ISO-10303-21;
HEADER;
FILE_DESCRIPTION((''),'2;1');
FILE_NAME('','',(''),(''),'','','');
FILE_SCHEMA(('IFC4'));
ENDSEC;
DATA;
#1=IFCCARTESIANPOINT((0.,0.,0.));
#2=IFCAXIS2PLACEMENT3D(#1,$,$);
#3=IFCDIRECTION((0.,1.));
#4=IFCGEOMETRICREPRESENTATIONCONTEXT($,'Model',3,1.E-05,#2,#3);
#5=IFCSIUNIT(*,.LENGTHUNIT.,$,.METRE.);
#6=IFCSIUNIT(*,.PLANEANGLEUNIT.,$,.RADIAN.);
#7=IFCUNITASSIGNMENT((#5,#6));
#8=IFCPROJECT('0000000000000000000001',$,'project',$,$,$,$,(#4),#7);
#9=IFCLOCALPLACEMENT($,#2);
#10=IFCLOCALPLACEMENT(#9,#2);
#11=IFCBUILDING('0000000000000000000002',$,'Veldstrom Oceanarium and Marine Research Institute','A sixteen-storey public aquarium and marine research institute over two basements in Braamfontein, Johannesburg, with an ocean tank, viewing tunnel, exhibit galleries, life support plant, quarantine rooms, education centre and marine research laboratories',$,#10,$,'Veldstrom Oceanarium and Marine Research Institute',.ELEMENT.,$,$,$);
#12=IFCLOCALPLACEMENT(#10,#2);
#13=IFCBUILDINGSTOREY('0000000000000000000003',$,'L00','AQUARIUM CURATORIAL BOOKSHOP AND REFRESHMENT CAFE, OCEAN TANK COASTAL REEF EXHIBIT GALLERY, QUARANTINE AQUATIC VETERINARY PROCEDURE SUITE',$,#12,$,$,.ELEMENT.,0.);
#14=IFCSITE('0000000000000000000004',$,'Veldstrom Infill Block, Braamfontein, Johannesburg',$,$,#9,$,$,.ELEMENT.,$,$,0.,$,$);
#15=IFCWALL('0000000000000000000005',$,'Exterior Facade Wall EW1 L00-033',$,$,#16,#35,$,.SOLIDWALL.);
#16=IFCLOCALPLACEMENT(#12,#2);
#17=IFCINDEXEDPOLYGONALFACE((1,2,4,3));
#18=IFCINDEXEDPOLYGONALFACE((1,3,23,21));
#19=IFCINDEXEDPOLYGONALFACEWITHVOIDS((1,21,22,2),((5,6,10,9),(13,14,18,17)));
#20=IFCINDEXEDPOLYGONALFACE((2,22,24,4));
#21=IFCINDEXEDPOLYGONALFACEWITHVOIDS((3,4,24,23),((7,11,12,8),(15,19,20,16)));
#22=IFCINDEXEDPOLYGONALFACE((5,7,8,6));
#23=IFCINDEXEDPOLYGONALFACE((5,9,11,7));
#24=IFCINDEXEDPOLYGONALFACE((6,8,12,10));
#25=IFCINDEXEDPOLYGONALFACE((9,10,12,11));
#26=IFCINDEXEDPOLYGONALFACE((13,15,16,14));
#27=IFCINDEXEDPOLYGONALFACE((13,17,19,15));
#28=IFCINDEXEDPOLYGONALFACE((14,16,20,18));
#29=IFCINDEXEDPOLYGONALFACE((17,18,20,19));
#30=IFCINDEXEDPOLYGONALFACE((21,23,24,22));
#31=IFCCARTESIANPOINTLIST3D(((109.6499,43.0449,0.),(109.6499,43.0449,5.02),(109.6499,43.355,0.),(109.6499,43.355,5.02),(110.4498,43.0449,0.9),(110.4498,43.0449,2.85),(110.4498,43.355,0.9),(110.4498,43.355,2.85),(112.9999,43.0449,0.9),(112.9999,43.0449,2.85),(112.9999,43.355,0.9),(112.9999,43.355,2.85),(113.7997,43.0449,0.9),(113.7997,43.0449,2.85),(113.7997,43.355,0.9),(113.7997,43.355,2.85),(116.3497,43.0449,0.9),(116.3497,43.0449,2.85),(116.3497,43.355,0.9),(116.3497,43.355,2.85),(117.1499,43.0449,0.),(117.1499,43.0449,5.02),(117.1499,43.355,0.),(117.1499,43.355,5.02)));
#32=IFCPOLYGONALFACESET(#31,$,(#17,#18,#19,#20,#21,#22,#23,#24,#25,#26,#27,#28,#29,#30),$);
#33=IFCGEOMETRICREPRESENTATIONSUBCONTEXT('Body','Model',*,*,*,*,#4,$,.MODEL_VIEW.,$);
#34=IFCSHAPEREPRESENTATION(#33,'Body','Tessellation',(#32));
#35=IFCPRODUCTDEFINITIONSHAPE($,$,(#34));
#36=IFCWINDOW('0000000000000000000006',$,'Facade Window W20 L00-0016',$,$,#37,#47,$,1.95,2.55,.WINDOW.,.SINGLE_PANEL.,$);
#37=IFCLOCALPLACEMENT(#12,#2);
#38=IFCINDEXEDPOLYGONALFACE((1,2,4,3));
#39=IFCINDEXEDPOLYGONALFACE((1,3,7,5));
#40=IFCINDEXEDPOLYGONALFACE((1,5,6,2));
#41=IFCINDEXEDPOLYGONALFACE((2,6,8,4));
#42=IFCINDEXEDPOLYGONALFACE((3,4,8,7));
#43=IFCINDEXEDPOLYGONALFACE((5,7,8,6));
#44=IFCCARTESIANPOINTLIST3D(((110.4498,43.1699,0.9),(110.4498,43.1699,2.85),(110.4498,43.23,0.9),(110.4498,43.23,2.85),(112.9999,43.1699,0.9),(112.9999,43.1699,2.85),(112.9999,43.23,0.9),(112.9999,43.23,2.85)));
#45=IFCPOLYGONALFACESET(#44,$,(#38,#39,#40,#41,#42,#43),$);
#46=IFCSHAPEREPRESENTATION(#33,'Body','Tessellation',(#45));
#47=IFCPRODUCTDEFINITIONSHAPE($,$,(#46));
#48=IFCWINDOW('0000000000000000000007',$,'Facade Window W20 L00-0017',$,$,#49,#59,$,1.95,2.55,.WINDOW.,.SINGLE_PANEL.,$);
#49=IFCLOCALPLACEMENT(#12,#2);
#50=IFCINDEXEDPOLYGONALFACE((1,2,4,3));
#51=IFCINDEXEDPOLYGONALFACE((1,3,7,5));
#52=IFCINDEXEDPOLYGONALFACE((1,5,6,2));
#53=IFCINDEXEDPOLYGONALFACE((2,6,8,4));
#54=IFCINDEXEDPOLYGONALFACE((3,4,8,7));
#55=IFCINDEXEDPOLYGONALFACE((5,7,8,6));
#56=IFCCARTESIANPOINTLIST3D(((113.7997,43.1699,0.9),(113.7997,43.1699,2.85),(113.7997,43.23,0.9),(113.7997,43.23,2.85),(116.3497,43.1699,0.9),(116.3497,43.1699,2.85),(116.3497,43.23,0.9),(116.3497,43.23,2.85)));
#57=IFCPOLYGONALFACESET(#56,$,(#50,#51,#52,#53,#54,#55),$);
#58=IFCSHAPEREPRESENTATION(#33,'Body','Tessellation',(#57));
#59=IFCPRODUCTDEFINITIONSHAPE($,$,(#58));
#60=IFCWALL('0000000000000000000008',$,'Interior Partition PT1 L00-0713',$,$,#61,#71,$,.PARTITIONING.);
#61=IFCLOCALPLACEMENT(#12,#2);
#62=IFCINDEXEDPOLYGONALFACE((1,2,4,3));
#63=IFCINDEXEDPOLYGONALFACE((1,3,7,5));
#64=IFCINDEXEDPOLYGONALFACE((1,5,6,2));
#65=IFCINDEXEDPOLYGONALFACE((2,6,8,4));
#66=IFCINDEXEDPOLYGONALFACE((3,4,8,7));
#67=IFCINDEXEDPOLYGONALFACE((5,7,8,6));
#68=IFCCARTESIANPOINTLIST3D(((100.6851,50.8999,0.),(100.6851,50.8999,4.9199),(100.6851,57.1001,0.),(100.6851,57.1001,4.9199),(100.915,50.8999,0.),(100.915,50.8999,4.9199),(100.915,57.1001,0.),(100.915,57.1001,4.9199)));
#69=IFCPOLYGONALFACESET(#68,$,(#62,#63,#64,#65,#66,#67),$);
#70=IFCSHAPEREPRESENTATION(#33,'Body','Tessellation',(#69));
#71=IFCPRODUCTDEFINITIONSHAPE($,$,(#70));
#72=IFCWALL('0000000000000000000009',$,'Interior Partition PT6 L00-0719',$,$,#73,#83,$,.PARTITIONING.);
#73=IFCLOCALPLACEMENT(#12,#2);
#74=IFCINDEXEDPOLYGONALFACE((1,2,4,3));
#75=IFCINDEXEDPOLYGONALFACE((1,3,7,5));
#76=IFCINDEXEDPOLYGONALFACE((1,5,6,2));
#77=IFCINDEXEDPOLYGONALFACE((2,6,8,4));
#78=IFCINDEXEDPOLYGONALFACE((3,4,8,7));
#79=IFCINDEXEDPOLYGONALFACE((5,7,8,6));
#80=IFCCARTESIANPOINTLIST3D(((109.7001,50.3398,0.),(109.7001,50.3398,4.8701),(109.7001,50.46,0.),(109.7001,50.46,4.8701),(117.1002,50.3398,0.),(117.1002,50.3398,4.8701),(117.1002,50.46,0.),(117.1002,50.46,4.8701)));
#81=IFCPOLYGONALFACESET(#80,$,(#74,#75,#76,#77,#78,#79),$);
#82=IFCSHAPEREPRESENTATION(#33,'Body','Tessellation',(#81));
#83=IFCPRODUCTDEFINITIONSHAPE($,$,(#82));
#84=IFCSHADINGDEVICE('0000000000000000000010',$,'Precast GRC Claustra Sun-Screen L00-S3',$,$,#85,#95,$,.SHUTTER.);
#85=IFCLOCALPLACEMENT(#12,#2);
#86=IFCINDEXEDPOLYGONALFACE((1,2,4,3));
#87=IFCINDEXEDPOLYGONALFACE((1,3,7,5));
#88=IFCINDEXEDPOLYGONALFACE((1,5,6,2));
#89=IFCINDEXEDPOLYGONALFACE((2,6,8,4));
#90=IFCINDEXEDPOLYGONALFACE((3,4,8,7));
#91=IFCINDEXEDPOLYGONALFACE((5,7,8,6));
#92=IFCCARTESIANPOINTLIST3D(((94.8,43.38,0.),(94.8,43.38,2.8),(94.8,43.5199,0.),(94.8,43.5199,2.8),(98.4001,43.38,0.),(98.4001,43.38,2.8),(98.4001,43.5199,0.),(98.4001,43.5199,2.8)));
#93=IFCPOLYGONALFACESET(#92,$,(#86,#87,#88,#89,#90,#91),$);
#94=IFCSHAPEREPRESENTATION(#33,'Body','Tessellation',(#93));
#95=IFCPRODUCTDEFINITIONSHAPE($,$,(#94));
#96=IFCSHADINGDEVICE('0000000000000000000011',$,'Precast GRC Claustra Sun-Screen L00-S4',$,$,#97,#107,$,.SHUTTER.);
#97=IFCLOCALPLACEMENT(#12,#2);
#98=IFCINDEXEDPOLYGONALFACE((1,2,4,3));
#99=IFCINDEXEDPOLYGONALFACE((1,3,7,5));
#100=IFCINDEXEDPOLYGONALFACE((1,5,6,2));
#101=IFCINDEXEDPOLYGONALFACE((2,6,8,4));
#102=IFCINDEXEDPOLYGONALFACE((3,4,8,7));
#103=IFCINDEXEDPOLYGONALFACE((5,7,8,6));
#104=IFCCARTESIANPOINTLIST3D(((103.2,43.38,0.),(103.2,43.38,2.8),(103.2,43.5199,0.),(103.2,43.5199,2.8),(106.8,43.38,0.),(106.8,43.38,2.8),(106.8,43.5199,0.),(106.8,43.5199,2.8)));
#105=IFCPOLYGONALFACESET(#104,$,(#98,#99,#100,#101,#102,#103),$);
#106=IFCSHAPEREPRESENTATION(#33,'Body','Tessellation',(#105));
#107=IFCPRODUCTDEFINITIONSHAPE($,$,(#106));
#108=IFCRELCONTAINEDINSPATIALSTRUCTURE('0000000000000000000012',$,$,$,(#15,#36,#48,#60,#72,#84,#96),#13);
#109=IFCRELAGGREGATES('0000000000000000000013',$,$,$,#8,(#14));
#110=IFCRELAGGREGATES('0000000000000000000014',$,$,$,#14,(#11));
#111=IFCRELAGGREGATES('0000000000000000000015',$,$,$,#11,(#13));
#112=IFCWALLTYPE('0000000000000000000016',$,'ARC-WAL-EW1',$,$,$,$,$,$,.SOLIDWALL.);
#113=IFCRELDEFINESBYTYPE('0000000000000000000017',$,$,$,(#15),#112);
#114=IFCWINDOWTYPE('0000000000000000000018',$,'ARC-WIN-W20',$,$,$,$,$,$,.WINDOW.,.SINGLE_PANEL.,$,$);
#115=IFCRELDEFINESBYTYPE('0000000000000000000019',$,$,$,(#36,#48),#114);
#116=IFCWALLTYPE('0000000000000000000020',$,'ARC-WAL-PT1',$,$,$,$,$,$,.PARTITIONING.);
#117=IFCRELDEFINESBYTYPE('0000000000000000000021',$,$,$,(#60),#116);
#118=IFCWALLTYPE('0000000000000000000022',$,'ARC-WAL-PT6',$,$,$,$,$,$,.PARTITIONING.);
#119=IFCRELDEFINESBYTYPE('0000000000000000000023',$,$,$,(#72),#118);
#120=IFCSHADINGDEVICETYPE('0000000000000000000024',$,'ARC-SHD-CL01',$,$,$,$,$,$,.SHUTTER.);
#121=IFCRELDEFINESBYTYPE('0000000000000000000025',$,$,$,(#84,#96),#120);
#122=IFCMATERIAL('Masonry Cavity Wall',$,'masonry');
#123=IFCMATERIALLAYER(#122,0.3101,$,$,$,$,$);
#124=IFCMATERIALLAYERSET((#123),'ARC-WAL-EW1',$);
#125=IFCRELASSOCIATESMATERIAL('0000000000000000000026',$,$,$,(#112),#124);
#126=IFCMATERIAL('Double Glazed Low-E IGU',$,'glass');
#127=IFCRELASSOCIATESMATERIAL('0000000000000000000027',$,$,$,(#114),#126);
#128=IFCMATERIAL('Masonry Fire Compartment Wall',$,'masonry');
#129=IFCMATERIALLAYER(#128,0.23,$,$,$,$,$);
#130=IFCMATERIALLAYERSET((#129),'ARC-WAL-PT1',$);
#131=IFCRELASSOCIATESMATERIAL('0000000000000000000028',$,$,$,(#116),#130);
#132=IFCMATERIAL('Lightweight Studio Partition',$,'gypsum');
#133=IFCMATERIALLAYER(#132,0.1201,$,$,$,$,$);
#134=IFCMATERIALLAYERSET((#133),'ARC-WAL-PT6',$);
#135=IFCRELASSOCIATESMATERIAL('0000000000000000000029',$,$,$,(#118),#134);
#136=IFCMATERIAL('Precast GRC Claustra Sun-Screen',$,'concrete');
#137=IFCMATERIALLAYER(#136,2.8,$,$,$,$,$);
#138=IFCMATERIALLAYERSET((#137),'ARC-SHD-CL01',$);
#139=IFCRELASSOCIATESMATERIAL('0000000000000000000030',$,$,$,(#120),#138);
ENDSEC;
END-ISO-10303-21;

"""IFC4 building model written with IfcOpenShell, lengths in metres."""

from ifc_helpers import new_model, si_unit, direction, frame, frame_2d, origin, origin_2d, place, context, subcontext, project, spatial, rectangle, extrude, material, layer, layer_set, type_object, element, fill, save


model = new_model("IFC4")

# Units and contexts
model_context = context("Model", 3, precision=1e-05, world=origin(), true_north=direction((0.0, 1.0)))
body_context = subcontext(model_context, "Body", "Model", "MODEL_VIEW")
ifc_project = project(units=[si_unit("LENGTHUNIT", "METRE"), si_unit("PLANEANGLEUNIT", "RADIAN")], contexts=[model_context])

# Site, building, storey
site_placement = place(None, origin())
site = spatial("IfcSite", under=ifc_project, at=site_placement, Name="Veldstrom Infill Block, Braamfontein, Johannesburg", CompositionType="ELEMENT", RefElevation=0.0)
building_placement = place(site_placement, origin())
building = spatial("IfcBuilding", under=site, at=building_placement, Name="Veldstrom Oceanarium and Marine Research Institute", Description="A sixteen-storey public aquarium and marine research institute over two basements in Braamfontein, Johannesburg, with an ocean tank, viewing tunnel, exhibit galleries, life support plant, quarantine rooms, education centre and marine research laboratories", LongName="Veldstrom Oceanarium and Marine Research Institute", CompositionType="ELEMENT")
storey_placement = place(building_placement, origin())
storey = spatial("IfcBuildingStorey", under=building, at=storey_placement, Name="L00", Description="AQUARIUM CURATORIAL BOOKSHOP AND REFRESHMENT CAFE, OCEAN TANK COASTAL REEF EXHIBIT GALLERY, QUARANTINE AQUATIC VETERINARY PROCEDURE SUITE", CompositionType="ELEMENT", Elevation=0.0)

# Wall, openings, windows
ifc_material_1 = material(Name="Masonry Cavity Wall", Category="masonry")
ifc_layer_1 = layer(ifc_material_1, 0.3101)
ifc_layer_set_1 = layer_set([ifc_layer_1], Name="ARC-WAL-EW1")
wall_type_1 = type_object("IfcWallType", Name="ARC-WAL-EW1", PredefinedType="SOLIDWALL", material=ifc_layer_set_1)
wall_1_placement = place(storey_placement, frame((109.6499, 43.2, 0.0), z_axis=(0.0, 0.0, 1.0), x_axis=(1.0, 0.0, 0.0)))
wall_1 = element("IfcWall", 1, at=wall_1_placement, inside=storey, type_object=wall_type_1, Name="Exterior Facade Wall EW1 L00-033", PredefinedType="SOLIDWALL", context=body_context, shape_type="SweptSolid", body=[
    extrude(rectangle(XDim=7.5, YDim=0.3101, at=frame_2d((3.75, 0.0))), origin(), (0.0, 0.0, 1.0), 5.02),
])
opening_1_placement = place(wall_1_placement, frame((0.8, 0.0, 0.8999)))
opening_1 = element("IfcOpeningElement", 2, at=opening_1_placement, cuts=wall_1, PredefinedType="OPENING", context=body_context, shape_type="SweptSolid", body=[
    extrude(rectangle(XDim=2.55, YDim=1.95, at=frame_2d((1.2749, 0.9751))), frame((0.0, 0.165, 0.0), z_axis=(0.0, -1.0, 0.0), x_axis=(1.0, 0.0, 0.0)), (0.0, 0.0, 1.0), 0.3301),
])
opening_2_placement = place(wall_1_placement, frame((4.1499, 0.0, 0.8999)))
opening_2 = element("IfcOpeningElement", 3, at=opening_2_placement, cuts=wall_1, PredefinedType="OPENING", context=body_context, shape_type="SweptSolid", body=[
    extrude(rectangle(XDim=2.55, YDim=1.95, at=frame_2d((1.2749, 0.9751))), frame((0.0, 0.165, 0.0), z_axis=(0.0, -1.0, 0.0), x_axis=(1.0, 0.0, 0.0)), (0.0, 0.0, 1.0), 0.3301),
])
ifc_material_2 = material(Name="Double Glazed Low-E IGU", Category="glass")
window_type = type_object("IfcWindowType", Name="ARC-WIN-W20", PartitioningType="SINGLE_PANEL", PredefinedType="WINDOW", material=ifc_material_2)
window_1_placement = place(opening_1_placement, origin())
window_1 = element("IfcWindow", 4, at=window_1_placement, inside=storey, type_object=window_type, Name="Facade Window W20 L00-0016", OverallHeight=1.95, OverallWidth=2.55, PartitioningType="SINGLE_PANEL", PredefinedType="WINDOW", context=body_context, shape_type="SweptSolid", body=[
    extrude(rectangle(XDim=2.55, YDim=1.95, at=frame_2d((1.2749, 0.9751))), frame((0.0, 0.03, 0.0), z_axis=(0.0, -1.0, 0.0), x_axis=(1.0, 0.0, 0.0)), (0.0, 0.0, 1.0), 0.0601),
])
fill(opening_1, window_1)
window_2_placement = place(opening_2_placement, origin())
window_2 = element("IfcWindow", 5, at=window_2_placement, inside=storey, type_object=window_type, Name="Facade Window W20 L00-0017", OverallHeight=1.95, OverallWidth=2.55, PartitioningType="SINGLE_PANEL", PredefinedType="WINDOW", context=body_context, shape_type="SweptSolid", body=[
    extrude(rectangle(XDim=2.55, YDim=1.95, at=frame_2d((1.2749, 0.9751))), frame((0.0, 0.03, 0.0), z_axis=(0.0, -1.0, 0.0), x_axis=(1.0, 0.0, 0.0)), (0.0, 0.0, 1.0), 0.0601),
])
fill(opening_2, window_2)

# Walls
ifc_material_3 = material(Name="Masonry Fire Compartment Wall", Category="masonry")
ifc_layer_2 = layer(ifc_material_3, 0.23)
ifc_layer_set_2 = layer_set([ifc_layer_2], Name="ARC-WAL-PT1")
wall_type_2 = type_object("IfcWallType", Name="ARC-WAL-PT1", PredefinedType="PARTITIONING", material=ifc_layer_set_2)
wall_2_placement = place(storey_placement, frame((100.8, 50.8999, 0.0), z_axis=(0.0, 0.0, 1.0), x_axis=(0.0, 1.0, 0.0)))
element("IfcWall", 6, at=wall_2_placement, inside=storey, type_object=wall_type_2, Name="Interior Partition PT1 L00-0713", PredefinedType="PARTITIONING", context=body_context, shape_type="SweptSolid", body=[
    extrude(rectangle(XDim=6.2002, YDim=0.23, at=frame_2d((3.1001, 0.0))), origin(), (0.0, 0.0, 1.0), 4.9199),
])
ifc_material_4 = material(Name="Lightweight Studio Partition", Category="gypsum")
ifc_layer_3 = layer(ifc_material_4, 0.1201)
ifc_layer_set_3 = layer_set([ifc_layer_3], Name="ARC-WAL-PT6")
wall_type_3 = type_object("IfcWallType", Name="ARC-WAL-PT6", PredefinedType="PARTITIONING", material=ifc_layer_set_3)
wall_3_placement = place(storey_placement, frame((109.7, 50.3999, 0.0), z_axis=(0.0, 0.0, 1.0), x_axis=(1.0, 0.0, 0.0)))
element("IfcWall", 7, at=wall_3_placement, inside=storey, type_object=wall_type_3, Name="Interior Partition PT6 L00-0719", PredefinedType="PARTITIONING", context=body_context, shape_type="SweptSolid", body=[
    extrude(rectangle(XDim=7.4001, YDim=0.1201, at=frame_2d((3.7002, 0.0))), origin(), (0.0, 0.0, 1.0), 4.8701),
])

# Shading devices
ifc_material_5 = material(Name="Precast GRC Claustra Sun-Screen", Category="concrete")
ifc_layer_4 = layer(ifc_material_5, 2.8)
ifc_layer_set_4 = layer_set([ifc_layer_4], Name="ARC-SHD-CL01")
shading_device_type = type_object("IfcShadingDeviceType", Name="ARC-SHD-CL01", PredefinedType="SHUTTER", material=ifc_layer_set_4)
for number, where, z_axis, x_axis, name in (
    (8, (96.6001, 43.45, 0.0), (0.0, 0.0, 1.0), (1.0, 0.0, 0.0), "Precast GRC Claustra Sun-Screen L00-S3"),
    (9, (105.0, 43.45, 0.0), (0.0, 0.0, 1.0), (1.0, 0.0, 0.0), "Precast GRC Claustra Sun-Screen L00-S4"),
):
    element("IfcShadingDevice", number, at=place(storey_placement, frame(where, z_axis=z_axis, x_axis=x_axis)), inside=storey, type_object=shading_device_type, Name=name, PredefinedType="SHUTTER", context=body_context, shape_type="SweptSolid", body=[
        extrude(rectangle(XDim=3.6001, YDim=0.1399, at=origin_2d()), origin(), (0.0, 0.0, 1.0), 2.8),
    ])

save(model, "model.ifc")
